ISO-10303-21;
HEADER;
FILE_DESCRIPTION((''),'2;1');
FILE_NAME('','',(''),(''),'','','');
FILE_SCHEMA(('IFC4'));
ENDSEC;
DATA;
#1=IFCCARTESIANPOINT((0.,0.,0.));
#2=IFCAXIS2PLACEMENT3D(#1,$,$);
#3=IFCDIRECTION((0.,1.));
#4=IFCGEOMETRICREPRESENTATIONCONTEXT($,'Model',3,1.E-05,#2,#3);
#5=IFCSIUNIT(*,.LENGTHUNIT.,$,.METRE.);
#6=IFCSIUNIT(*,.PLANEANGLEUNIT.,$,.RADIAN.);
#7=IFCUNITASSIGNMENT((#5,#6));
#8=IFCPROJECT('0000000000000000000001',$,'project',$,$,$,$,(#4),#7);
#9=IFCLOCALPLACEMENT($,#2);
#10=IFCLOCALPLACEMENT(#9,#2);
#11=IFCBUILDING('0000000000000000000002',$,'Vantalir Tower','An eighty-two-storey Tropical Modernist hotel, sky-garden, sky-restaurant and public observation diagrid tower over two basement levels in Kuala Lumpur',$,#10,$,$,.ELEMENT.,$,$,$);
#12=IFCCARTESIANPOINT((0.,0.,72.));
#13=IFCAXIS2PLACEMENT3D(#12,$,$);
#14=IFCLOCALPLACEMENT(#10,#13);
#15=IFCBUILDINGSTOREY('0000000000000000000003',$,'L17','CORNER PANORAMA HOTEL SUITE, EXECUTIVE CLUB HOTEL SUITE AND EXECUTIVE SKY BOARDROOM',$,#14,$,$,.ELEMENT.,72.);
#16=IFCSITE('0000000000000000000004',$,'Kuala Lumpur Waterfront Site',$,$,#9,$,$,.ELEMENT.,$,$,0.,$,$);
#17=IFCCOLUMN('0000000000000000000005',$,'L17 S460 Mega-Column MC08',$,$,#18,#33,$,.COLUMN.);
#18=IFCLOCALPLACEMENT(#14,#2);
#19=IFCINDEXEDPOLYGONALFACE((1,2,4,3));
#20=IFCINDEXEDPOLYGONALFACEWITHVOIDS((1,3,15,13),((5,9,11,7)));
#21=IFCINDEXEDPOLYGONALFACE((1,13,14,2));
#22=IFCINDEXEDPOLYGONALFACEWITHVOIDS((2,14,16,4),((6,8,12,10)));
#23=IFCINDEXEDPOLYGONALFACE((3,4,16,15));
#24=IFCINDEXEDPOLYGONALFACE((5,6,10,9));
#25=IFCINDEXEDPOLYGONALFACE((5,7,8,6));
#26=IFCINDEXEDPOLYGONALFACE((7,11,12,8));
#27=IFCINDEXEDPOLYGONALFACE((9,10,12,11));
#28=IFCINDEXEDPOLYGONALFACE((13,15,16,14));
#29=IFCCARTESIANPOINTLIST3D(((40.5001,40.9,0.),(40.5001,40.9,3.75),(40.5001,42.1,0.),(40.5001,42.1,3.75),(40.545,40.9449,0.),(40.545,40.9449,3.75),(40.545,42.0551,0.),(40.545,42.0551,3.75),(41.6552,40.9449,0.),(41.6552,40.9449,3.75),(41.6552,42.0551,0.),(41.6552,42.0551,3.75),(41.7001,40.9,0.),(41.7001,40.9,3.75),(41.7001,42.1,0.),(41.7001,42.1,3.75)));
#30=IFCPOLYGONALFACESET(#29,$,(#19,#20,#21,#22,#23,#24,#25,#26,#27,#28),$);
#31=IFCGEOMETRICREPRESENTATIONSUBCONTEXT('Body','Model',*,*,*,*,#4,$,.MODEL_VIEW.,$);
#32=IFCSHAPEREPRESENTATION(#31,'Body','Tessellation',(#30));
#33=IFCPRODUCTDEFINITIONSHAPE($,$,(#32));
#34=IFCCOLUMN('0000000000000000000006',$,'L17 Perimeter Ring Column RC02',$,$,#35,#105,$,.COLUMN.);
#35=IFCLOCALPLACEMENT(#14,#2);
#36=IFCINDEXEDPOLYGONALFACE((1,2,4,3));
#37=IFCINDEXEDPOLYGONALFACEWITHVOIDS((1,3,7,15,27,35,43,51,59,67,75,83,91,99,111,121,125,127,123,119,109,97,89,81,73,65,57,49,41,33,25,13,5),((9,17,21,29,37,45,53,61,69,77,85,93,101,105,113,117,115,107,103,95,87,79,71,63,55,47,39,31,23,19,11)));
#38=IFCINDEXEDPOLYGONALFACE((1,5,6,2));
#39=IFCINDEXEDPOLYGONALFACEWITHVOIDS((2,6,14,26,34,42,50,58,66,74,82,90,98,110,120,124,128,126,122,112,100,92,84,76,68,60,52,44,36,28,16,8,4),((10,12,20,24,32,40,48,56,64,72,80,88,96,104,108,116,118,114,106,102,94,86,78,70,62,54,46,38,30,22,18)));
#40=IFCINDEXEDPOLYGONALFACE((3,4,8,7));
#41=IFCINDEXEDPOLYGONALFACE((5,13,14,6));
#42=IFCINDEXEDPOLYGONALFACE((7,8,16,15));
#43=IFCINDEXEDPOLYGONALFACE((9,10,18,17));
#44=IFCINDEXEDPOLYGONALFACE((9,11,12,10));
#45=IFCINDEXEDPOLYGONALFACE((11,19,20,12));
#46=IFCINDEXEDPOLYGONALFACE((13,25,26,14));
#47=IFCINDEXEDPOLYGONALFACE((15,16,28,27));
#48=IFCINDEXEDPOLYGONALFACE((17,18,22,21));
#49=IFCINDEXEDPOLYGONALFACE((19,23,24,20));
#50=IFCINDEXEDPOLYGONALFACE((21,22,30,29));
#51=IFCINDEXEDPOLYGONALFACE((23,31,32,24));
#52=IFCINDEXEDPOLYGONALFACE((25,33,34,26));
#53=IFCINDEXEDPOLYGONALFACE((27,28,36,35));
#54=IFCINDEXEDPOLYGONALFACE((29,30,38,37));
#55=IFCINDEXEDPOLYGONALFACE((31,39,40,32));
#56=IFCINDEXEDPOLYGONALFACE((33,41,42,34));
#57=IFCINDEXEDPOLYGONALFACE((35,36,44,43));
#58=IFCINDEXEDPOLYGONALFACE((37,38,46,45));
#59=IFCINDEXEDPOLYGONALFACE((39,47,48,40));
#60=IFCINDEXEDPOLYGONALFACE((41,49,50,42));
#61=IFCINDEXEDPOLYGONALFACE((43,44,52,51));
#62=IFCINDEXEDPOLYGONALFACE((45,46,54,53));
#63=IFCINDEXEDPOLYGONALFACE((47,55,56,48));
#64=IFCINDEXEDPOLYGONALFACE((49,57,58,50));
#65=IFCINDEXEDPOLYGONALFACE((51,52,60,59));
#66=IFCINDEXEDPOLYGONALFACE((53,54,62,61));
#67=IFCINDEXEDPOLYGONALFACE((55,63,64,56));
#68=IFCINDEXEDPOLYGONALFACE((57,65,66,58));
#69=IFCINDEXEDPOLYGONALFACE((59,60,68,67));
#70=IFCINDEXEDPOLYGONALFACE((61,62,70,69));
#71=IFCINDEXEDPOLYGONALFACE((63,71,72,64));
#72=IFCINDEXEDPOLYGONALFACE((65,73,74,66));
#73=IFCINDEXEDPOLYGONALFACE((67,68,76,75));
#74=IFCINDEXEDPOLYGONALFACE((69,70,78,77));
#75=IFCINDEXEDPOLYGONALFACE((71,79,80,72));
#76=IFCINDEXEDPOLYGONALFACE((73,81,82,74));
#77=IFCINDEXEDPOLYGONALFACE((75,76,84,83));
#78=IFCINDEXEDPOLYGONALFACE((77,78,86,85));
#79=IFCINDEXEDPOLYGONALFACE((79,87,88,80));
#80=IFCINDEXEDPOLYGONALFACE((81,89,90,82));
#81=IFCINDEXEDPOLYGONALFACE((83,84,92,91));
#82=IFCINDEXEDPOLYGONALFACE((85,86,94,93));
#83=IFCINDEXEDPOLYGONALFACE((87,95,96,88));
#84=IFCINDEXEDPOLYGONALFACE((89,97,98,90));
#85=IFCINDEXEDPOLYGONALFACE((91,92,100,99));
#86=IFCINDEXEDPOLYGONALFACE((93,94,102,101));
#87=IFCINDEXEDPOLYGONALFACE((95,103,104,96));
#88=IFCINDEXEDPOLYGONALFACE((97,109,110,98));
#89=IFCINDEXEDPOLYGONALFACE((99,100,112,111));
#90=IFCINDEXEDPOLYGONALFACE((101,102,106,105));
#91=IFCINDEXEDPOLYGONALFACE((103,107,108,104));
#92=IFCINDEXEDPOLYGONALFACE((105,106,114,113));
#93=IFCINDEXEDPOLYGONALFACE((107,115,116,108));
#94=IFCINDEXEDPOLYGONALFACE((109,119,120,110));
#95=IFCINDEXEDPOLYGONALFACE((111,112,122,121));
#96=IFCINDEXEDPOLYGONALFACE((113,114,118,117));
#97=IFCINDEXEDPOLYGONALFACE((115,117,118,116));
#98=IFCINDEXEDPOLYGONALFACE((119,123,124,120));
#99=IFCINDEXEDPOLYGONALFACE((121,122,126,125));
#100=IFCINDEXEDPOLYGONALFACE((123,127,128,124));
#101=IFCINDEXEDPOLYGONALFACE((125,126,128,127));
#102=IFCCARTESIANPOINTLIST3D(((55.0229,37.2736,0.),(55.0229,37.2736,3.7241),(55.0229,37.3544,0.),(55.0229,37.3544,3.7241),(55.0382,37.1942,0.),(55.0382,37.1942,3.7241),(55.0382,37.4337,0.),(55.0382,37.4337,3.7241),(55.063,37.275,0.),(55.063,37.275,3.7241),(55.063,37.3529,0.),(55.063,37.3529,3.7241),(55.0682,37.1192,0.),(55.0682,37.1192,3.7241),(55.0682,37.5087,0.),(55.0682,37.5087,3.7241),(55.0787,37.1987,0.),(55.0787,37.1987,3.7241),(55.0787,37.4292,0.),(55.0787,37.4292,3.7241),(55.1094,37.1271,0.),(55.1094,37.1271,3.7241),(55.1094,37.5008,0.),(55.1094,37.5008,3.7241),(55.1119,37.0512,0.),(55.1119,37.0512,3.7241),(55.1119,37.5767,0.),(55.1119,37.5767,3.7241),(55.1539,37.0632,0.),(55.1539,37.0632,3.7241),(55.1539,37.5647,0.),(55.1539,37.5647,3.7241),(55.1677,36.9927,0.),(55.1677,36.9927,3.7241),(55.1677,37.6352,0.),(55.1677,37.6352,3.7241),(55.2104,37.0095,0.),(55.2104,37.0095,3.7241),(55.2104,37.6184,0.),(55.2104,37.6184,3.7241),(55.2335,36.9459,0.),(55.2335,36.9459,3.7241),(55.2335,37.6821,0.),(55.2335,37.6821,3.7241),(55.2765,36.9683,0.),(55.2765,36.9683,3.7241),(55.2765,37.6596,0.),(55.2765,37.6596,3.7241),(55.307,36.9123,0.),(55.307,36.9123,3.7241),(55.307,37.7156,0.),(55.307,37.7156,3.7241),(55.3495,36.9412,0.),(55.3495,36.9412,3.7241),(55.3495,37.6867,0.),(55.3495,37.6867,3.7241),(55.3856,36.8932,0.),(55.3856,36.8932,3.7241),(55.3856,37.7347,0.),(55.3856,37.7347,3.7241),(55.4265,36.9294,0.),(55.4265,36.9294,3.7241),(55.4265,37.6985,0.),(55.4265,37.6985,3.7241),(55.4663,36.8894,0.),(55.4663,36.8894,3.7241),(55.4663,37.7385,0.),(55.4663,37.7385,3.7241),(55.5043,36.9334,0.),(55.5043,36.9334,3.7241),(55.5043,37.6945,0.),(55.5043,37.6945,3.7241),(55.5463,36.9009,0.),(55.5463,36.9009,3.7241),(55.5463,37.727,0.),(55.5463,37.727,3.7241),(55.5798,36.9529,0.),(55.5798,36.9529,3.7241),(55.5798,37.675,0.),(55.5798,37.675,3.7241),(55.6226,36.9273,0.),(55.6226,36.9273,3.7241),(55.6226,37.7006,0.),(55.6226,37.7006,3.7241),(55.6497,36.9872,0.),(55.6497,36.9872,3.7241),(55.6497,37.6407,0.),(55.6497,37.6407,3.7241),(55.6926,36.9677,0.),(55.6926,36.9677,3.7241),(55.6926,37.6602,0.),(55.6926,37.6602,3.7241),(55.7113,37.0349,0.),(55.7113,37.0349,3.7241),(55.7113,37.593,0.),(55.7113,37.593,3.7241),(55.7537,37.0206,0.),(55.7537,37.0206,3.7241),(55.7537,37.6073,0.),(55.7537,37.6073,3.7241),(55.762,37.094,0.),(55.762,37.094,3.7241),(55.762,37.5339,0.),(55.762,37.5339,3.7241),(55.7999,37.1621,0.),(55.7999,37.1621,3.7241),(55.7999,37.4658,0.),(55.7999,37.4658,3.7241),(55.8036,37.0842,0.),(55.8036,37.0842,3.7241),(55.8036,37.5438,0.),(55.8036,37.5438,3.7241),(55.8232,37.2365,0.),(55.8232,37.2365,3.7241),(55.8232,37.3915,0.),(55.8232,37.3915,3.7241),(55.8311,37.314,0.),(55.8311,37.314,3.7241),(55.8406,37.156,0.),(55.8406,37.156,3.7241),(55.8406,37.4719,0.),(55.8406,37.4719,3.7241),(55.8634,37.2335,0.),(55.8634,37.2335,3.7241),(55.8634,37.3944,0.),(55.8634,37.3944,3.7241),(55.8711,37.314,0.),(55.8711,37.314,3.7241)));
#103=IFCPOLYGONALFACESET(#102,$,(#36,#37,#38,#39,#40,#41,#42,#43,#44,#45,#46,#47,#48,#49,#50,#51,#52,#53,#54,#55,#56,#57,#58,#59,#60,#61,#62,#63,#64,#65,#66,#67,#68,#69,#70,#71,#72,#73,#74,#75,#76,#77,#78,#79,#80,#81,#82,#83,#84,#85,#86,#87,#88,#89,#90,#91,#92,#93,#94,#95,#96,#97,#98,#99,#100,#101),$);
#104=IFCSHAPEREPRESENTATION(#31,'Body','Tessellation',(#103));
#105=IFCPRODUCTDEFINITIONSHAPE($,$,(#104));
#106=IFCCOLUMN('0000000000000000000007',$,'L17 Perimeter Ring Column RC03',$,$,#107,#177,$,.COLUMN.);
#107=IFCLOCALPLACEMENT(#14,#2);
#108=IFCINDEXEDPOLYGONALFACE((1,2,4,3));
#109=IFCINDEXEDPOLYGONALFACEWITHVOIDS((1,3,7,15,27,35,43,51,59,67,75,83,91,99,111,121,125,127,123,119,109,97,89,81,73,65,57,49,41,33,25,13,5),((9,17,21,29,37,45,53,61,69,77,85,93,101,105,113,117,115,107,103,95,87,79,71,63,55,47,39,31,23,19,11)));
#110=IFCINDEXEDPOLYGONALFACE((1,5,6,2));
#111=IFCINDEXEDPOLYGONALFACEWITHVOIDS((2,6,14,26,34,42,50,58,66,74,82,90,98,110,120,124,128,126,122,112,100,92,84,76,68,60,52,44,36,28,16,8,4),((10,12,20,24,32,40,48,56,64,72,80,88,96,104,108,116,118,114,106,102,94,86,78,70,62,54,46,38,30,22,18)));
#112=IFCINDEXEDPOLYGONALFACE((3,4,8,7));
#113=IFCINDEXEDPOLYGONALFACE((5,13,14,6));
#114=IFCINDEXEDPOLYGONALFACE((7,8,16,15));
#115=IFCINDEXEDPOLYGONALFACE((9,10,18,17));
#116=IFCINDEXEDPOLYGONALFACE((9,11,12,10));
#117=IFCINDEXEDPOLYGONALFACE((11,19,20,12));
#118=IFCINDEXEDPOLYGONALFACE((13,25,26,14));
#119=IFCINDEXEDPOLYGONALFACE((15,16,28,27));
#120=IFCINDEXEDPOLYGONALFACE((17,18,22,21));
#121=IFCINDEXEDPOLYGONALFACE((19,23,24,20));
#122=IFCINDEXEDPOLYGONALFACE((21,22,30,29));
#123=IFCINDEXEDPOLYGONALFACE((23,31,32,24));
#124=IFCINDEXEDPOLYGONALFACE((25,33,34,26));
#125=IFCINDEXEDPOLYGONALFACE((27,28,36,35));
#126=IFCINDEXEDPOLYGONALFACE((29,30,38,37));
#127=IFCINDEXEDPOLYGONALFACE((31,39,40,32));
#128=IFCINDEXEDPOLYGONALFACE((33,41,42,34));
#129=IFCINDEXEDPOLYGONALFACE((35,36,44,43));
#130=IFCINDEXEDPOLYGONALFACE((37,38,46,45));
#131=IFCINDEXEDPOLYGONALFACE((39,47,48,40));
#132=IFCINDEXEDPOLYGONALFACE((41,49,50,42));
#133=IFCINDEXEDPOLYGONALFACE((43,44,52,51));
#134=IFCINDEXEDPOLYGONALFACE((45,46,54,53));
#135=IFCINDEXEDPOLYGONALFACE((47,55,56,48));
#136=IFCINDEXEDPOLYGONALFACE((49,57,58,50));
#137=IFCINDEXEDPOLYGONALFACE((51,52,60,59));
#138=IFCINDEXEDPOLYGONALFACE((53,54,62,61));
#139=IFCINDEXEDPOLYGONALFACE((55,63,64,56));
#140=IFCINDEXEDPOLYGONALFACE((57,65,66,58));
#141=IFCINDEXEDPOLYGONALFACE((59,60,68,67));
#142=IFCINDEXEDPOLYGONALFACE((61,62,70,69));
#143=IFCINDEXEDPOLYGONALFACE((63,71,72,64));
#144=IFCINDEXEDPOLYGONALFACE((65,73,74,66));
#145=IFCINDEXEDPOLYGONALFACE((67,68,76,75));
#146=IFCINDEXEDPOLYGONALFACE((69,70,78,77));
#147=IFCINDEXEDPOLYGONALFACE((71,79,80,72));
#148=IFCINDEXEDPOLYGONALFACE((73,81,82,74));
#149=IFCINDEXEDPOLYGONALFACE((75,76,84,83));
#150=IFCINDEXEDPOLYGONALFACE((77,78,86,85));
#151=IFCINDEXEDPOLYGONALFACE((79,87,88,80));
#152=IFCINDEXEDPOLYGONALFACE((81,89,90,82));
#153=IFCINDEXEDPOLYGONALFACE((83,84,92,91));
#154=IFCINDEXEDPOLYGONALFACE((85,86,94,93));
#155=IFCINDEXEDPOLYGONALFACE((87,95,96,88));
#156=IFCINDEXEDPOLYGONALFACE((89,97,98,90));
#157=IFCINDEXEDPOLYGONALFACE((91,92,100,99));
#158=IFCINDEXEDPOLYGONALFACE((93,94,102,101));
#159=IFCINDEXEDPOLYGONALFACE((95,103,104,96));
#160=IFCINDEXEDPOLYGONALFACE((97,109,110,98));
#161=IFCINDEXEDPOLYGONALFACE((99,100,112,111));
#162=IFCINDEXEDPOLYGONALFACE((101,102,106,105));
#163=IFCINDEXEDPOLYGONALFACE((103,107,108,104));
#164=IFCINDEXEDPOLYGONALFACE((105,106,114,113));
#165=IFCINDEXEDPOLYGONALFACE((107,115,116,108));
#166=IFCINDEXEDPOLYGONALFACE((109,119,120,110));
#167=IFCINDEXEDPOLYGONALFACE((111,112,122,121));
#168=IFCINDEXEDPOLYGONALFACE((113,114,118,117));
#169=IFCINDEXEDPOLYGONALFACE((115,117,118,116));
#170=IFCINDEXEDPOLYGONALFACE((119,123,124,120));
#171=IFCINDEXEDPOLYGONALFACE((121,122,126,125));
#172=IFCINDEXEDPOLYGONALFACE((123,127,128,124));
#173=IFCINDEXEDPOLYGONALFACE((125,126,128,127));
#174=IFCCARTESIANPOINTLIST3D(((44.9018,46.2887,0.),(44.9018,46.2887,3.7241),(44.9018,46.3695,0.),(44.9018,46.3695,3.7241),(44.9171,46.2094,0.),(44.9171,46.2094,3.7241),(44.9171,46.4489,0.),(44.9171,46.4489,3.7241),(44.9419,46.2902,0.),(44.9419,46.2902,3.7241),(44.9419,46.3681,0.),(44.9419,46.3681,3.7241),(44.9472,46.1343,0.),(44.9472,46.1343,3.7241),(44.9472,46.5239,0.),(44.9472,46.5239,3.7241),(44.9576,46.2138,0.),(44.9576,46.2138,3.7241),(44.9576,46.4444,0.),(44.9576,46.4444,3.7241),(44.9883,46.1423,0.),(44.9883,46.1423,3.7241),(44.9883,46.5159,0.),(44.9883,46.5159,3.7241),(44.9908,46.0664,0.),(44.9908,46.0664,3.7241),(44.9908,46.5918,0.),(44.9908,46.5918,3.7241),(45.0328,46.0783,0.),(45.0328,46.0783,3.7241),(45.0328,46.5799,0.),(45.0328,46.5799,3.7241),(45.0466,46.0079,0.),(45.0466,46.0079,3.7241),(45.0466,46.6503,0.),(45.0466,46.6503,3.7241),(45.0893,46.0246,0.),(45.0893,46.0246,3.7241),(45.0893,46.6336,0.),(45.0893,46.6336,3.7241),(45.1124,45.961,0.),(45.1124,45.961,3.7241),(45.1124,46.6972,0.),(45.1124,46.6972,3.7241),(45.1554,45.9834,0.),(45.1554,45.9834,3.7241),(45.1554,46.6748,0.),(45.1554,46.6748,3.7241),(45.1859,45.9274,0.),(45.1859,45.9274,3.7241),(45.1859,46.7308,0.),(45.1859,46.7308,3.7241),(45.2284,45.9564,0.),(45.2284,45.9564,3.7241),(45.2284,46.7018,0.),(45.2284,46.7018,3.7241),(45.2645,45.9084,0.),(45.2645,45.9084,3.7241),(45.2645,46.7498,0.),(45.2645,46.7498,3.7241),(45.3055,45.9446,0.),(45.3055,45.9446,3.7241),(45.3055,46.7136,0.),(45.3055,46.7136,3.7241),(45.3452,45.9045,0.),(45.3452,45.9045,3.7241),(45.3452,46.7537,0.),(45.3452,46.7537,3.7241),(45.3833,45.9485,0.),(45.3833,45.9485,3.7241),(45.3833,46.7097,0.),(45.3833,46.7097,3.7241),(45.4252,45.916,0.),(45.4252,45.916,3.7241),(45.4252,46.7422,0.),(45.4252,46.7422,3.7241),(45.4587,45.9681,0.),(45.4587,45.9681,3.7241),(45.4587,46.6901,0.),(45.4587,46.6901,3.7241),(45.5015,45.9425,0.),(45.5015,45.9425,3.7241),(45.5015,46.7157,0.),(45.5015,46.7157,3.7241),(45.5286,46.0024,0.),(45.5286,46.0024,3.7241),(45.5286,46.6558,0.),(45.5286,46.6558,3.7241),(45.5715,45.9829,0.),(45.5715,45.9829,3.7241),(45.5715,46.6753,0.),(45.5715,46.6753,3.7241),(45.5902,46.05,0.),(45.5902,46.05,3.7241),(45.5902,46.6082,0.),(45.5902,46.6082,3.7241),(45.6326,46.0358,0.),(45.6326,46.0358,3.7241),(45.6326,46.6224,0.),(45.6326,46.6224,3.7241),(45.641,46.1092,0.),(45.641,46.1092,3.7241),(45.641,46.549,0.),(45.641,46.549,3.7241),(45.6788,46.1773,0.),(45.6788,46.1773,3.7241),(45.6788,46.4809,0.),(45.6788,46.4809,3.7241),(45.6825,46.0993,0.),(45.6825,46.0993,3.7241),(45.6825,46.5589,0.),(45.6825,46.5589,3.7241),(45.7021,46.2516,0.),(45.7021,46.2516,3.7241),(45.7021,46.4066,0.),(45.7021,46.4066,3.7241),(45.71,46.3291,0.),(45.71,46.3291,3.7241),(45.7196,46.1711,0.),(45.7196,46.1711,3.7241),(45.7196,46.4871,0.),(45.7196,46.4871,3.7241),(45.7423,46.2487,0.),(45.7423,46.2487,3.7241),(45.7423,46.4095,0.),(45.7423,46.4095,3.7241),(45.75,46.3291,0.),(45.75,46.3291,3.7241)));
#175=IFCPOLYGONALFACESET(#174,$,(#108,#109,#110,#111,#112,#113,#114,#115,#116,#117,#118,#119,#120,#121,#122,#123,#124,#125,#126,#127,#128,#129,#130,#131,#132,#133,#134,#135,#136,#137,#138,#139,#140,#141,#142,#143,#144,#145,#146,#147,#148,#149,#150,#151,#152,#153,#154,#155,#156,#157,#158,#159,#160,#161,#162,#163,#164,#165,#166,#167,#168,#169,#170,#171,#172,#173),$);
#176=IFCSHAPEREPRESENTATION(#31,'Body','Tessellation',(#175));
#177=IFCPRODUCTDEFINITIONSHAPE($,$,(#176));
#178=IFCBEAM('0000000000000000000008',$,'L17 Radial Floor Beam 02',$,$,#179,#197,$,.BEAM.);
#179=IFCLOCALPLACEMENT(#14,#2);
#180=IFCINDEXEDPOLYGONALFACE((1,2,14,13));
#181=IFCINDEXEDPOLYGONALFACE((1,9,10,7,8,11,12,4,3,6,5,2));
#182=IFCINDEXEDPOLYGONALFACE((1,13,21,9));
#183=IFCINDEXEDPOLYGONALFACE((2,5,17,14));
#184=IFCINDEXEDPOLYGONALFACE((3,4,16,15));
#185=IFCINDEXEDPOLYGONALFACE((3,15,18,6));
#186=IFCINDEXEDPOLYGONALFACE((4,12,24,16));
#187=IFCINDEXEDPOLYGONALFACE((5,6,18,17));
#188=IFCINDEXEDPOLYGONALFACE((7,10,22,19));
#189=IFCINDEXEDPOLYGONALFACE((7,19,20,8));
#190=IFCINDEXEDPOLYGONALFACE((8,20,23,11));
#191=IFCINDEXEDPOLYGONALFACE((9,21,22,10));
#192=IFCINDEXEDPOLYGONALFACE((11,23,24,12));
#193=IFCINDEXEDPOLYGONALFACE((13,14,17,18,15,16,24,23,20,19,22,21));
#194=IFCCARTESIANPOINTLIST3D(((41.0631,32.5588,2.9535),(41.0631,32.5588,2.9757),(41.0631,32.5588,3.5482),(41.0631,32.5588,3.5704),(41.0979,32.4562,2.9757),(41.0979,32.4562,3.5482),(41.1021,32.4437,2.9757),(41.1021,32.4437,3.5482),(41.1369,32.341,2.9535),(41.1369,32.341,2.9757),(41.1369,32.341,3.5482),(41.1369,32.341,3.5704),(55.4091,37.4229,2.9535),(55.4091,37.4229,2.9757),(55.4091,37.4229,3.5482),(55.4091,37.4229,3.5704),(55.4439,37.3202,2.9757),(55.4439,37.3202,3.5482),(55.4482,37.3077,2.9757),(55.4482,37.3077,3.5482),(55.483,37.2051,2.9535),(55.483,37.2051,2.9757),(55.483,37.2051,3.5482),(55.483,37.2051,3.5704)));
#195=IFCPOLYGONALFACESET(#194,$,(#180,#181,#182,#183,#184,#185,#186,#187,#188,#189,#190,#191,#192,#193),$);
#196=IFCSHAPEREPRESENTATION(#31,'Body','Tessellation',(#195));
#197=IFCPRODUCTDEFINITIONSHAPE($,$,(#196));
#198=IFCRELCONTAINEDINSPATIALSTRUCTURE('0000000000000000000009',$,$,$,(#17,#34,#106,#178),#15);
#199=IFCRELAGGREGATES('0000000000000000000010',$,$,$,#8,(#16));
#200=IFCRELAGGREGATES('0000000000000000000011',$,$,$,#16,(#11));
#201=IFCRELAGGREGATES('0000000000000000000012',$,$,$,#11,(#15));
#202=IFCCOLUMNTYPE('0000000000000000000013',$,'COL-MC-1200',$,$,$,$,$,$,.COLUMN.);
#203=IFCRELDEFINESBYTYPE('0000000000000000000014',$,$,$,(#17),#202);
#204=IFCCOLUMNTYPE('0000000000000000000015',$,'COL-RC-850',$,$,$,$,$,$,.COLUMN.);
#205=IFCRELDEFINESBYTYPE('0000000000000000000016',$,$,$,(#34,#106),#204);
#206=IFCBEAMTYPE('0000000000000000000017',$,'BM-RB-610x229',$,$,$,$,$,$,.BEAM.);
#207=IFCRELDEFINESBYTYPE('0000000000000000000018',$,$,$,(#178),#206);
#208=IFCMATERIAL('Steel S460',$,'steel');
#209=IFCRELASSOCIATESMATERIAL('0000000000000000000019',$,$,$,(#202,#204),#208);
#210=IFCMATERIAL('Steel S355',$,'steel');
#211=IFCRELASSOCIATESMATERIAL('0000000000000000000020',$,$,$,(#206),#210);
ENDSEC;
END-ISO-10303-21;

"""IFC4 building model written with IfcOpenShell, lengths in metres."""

from ifc_helpers import new_model, si_unit, direction, frame, origin, origin_2d, place, context, subcontext, project, spatial, hollow_rectangle, hollow_circle, i_section, extrude, material, material_profile, profile_set, type_object, element, save


model = new_model("IFC4")

# Units and contexts
model_context = context("Model", 3, precision=1e-05, world=origin(), true_north=direction((0.0, 1.0)))
body_context = subcontext(model_context, "Body", "Model", "MODEL_VIEW")
ifc_project = project(units=[si_unit("LENGTHUNIT", "METRE"), si_unit("PLANEANGLEUNIT", "RADIAN")], contexts=[model_context])

# Site, building, storey
site_placement = place(None, origin())
site = spatial("IfcSite", under=ifc_project, at=site_placement, Name="Kuala Lumpur Waterfront Site", CompositionType="ELEMENT", RefElevation=0.0)
building_placement = place(site_placement, origin())
building = spatial("IfcBuilding", under=site, at=building_placement, Name="Vantalir Tower", Description="An eighty-two-storey Tropical Modernist hotel, sky-garden, sky-restaurant and public observation diagrid tower over two basement levels in Kuala Lumpur", CompositionType="ELEMENT")
storey_placement = place(building_placement, frame((0.0, 0.0, 72.0)))
storey = spatial("IfcBuildingStorey", under=building, at=storey_placement, Name="L17", Description="CORNER PANORAMA HOTEL SUITE, EXECUTIVE CLUB HOTEL SUITE AND EXECUTIVE SKY BOARDROOM", CompositionType="ELEMENT", Elevation=72.0)

# Columns
ifc_material_1 = material(Name="Steel S460", Category="steel")
ifc_material_profile_1 = material_profile(ifc_material_1, hollow_rectangle(XDim=1.2, YDim=1.2, WallThickness=0.0449, at=origin_2d()), Name="Steel S460")
ifc_profile_set_1 = profile_set([ifc_material_profile_1], Name="Steel S460")
column_type_1 = type_object("IfcColumnType", Name="COL-MC-1200", PredefinedType="COLUMN", material=ifc_profile_set_1)
column_placement = place(storey_placement, frame((41.1001, 41.5, 0.0), z_axis=(0.0, 0.0, 1.0), x_axis=(1.0, 0.0, 0.0)))
element("IfcColumn", 1, at=column_placement, inside=storey, type_object=column_type_1, Name="L17 S460 Mega-Column MC08", PredefinedType="COLUMN", context=body_context, shape_type="SweptSolid", body=[
    extrude(hollow_rectangle(XDim=1.2, YDim=1.2, WallThickness=0.0449, at=origin_2d()), origin(), (0.0, 0.0, 1.0), 3.75),
])
ifc_material_profile_2 = material_profile(ifc_material_1, hollow_circle(Radius=0.425, WallThickness=0.04, at=origin_2d()), Name="Steel S460")
ifc_profile_set_2 = profile_set([ifc_material_profile_2], Name="Steel S460")
column_type_2 = type_object("IfcColumnType", Name="COL-RC-850", PredefinedType="COLUMN", material=ifc_profile_set_2)
for number, where, z_axis, x_axis, name in (
    (2, (55.446, 37.314, 0.0), (0.0, 0.0, 1.0), (1.0, 0.0, 0.0), "L17 Perimeter Ring Column RC02"),
    (3, (45.325, 46.3291, 0.0), (0.0, 0.0, 1.0), (1.0, 0.0, 0.0), "L17 Perimeter Ring Column RC03"),
):
    element("IfcColumn", number, at=place(storey_placement, frame(where, z_axis=z_axis, x_axis=x_axis)), inside=storey, type_object=column_type_2, Name=name, PredefinedType="COLUMN", context=body_context, shape_type="SweptSolid", body=[
        extrude(hollow_circle(Radius=0.425, WallThickness=0.04, at=origin_2d()), origin(), (0.0, 0.0, 1.0), 3.7241),
    ])

# Beam
ifc_material_2 = material(Name="Steel S355", Category="steel")
ifc_material_profile_3 = material_profile(ifc_material_2, i_section(OverallWidth=0.23, OverallDepth=0.6169, WebThickness=0.0132, FlangeThickness=0.0222, at=origin_2d()), Name="Steel S355")
ifc_profile_set_3 = profile_set([ifc_material_profile_3], Name="Steel S355")
beam_type_1 = type_object("IfcBeamType", Name="BM-RB-610x229", PredefinedType="BEAM", material=ifc_profile_set_3)
beam_1_placement = place(storey_placement, frame((55.446, 37.314, 3.262), z_axis=(-0.947046, -0.321097, 0.0), x_axis=(0.321097, -0.947046, 0.0)))
element("IfcBeam", 4, at=beam_1_placement, inside=storey, type_object=beam_type_1, Name="L17 Radial Floor Beam 02", PredefinedType="BEAM", context=body_context, shape_type="SweptSolid", body=[
    extrude(i_section(OverallWidth=0.23, OverallDepth=0.6169, WebThickness=0.0132, FlangeThickness=0.0222, at=origin_2d()), origin(), (0.0, 0.0, 1.0), 15.1482),
])

save(model, "model.ifc")
